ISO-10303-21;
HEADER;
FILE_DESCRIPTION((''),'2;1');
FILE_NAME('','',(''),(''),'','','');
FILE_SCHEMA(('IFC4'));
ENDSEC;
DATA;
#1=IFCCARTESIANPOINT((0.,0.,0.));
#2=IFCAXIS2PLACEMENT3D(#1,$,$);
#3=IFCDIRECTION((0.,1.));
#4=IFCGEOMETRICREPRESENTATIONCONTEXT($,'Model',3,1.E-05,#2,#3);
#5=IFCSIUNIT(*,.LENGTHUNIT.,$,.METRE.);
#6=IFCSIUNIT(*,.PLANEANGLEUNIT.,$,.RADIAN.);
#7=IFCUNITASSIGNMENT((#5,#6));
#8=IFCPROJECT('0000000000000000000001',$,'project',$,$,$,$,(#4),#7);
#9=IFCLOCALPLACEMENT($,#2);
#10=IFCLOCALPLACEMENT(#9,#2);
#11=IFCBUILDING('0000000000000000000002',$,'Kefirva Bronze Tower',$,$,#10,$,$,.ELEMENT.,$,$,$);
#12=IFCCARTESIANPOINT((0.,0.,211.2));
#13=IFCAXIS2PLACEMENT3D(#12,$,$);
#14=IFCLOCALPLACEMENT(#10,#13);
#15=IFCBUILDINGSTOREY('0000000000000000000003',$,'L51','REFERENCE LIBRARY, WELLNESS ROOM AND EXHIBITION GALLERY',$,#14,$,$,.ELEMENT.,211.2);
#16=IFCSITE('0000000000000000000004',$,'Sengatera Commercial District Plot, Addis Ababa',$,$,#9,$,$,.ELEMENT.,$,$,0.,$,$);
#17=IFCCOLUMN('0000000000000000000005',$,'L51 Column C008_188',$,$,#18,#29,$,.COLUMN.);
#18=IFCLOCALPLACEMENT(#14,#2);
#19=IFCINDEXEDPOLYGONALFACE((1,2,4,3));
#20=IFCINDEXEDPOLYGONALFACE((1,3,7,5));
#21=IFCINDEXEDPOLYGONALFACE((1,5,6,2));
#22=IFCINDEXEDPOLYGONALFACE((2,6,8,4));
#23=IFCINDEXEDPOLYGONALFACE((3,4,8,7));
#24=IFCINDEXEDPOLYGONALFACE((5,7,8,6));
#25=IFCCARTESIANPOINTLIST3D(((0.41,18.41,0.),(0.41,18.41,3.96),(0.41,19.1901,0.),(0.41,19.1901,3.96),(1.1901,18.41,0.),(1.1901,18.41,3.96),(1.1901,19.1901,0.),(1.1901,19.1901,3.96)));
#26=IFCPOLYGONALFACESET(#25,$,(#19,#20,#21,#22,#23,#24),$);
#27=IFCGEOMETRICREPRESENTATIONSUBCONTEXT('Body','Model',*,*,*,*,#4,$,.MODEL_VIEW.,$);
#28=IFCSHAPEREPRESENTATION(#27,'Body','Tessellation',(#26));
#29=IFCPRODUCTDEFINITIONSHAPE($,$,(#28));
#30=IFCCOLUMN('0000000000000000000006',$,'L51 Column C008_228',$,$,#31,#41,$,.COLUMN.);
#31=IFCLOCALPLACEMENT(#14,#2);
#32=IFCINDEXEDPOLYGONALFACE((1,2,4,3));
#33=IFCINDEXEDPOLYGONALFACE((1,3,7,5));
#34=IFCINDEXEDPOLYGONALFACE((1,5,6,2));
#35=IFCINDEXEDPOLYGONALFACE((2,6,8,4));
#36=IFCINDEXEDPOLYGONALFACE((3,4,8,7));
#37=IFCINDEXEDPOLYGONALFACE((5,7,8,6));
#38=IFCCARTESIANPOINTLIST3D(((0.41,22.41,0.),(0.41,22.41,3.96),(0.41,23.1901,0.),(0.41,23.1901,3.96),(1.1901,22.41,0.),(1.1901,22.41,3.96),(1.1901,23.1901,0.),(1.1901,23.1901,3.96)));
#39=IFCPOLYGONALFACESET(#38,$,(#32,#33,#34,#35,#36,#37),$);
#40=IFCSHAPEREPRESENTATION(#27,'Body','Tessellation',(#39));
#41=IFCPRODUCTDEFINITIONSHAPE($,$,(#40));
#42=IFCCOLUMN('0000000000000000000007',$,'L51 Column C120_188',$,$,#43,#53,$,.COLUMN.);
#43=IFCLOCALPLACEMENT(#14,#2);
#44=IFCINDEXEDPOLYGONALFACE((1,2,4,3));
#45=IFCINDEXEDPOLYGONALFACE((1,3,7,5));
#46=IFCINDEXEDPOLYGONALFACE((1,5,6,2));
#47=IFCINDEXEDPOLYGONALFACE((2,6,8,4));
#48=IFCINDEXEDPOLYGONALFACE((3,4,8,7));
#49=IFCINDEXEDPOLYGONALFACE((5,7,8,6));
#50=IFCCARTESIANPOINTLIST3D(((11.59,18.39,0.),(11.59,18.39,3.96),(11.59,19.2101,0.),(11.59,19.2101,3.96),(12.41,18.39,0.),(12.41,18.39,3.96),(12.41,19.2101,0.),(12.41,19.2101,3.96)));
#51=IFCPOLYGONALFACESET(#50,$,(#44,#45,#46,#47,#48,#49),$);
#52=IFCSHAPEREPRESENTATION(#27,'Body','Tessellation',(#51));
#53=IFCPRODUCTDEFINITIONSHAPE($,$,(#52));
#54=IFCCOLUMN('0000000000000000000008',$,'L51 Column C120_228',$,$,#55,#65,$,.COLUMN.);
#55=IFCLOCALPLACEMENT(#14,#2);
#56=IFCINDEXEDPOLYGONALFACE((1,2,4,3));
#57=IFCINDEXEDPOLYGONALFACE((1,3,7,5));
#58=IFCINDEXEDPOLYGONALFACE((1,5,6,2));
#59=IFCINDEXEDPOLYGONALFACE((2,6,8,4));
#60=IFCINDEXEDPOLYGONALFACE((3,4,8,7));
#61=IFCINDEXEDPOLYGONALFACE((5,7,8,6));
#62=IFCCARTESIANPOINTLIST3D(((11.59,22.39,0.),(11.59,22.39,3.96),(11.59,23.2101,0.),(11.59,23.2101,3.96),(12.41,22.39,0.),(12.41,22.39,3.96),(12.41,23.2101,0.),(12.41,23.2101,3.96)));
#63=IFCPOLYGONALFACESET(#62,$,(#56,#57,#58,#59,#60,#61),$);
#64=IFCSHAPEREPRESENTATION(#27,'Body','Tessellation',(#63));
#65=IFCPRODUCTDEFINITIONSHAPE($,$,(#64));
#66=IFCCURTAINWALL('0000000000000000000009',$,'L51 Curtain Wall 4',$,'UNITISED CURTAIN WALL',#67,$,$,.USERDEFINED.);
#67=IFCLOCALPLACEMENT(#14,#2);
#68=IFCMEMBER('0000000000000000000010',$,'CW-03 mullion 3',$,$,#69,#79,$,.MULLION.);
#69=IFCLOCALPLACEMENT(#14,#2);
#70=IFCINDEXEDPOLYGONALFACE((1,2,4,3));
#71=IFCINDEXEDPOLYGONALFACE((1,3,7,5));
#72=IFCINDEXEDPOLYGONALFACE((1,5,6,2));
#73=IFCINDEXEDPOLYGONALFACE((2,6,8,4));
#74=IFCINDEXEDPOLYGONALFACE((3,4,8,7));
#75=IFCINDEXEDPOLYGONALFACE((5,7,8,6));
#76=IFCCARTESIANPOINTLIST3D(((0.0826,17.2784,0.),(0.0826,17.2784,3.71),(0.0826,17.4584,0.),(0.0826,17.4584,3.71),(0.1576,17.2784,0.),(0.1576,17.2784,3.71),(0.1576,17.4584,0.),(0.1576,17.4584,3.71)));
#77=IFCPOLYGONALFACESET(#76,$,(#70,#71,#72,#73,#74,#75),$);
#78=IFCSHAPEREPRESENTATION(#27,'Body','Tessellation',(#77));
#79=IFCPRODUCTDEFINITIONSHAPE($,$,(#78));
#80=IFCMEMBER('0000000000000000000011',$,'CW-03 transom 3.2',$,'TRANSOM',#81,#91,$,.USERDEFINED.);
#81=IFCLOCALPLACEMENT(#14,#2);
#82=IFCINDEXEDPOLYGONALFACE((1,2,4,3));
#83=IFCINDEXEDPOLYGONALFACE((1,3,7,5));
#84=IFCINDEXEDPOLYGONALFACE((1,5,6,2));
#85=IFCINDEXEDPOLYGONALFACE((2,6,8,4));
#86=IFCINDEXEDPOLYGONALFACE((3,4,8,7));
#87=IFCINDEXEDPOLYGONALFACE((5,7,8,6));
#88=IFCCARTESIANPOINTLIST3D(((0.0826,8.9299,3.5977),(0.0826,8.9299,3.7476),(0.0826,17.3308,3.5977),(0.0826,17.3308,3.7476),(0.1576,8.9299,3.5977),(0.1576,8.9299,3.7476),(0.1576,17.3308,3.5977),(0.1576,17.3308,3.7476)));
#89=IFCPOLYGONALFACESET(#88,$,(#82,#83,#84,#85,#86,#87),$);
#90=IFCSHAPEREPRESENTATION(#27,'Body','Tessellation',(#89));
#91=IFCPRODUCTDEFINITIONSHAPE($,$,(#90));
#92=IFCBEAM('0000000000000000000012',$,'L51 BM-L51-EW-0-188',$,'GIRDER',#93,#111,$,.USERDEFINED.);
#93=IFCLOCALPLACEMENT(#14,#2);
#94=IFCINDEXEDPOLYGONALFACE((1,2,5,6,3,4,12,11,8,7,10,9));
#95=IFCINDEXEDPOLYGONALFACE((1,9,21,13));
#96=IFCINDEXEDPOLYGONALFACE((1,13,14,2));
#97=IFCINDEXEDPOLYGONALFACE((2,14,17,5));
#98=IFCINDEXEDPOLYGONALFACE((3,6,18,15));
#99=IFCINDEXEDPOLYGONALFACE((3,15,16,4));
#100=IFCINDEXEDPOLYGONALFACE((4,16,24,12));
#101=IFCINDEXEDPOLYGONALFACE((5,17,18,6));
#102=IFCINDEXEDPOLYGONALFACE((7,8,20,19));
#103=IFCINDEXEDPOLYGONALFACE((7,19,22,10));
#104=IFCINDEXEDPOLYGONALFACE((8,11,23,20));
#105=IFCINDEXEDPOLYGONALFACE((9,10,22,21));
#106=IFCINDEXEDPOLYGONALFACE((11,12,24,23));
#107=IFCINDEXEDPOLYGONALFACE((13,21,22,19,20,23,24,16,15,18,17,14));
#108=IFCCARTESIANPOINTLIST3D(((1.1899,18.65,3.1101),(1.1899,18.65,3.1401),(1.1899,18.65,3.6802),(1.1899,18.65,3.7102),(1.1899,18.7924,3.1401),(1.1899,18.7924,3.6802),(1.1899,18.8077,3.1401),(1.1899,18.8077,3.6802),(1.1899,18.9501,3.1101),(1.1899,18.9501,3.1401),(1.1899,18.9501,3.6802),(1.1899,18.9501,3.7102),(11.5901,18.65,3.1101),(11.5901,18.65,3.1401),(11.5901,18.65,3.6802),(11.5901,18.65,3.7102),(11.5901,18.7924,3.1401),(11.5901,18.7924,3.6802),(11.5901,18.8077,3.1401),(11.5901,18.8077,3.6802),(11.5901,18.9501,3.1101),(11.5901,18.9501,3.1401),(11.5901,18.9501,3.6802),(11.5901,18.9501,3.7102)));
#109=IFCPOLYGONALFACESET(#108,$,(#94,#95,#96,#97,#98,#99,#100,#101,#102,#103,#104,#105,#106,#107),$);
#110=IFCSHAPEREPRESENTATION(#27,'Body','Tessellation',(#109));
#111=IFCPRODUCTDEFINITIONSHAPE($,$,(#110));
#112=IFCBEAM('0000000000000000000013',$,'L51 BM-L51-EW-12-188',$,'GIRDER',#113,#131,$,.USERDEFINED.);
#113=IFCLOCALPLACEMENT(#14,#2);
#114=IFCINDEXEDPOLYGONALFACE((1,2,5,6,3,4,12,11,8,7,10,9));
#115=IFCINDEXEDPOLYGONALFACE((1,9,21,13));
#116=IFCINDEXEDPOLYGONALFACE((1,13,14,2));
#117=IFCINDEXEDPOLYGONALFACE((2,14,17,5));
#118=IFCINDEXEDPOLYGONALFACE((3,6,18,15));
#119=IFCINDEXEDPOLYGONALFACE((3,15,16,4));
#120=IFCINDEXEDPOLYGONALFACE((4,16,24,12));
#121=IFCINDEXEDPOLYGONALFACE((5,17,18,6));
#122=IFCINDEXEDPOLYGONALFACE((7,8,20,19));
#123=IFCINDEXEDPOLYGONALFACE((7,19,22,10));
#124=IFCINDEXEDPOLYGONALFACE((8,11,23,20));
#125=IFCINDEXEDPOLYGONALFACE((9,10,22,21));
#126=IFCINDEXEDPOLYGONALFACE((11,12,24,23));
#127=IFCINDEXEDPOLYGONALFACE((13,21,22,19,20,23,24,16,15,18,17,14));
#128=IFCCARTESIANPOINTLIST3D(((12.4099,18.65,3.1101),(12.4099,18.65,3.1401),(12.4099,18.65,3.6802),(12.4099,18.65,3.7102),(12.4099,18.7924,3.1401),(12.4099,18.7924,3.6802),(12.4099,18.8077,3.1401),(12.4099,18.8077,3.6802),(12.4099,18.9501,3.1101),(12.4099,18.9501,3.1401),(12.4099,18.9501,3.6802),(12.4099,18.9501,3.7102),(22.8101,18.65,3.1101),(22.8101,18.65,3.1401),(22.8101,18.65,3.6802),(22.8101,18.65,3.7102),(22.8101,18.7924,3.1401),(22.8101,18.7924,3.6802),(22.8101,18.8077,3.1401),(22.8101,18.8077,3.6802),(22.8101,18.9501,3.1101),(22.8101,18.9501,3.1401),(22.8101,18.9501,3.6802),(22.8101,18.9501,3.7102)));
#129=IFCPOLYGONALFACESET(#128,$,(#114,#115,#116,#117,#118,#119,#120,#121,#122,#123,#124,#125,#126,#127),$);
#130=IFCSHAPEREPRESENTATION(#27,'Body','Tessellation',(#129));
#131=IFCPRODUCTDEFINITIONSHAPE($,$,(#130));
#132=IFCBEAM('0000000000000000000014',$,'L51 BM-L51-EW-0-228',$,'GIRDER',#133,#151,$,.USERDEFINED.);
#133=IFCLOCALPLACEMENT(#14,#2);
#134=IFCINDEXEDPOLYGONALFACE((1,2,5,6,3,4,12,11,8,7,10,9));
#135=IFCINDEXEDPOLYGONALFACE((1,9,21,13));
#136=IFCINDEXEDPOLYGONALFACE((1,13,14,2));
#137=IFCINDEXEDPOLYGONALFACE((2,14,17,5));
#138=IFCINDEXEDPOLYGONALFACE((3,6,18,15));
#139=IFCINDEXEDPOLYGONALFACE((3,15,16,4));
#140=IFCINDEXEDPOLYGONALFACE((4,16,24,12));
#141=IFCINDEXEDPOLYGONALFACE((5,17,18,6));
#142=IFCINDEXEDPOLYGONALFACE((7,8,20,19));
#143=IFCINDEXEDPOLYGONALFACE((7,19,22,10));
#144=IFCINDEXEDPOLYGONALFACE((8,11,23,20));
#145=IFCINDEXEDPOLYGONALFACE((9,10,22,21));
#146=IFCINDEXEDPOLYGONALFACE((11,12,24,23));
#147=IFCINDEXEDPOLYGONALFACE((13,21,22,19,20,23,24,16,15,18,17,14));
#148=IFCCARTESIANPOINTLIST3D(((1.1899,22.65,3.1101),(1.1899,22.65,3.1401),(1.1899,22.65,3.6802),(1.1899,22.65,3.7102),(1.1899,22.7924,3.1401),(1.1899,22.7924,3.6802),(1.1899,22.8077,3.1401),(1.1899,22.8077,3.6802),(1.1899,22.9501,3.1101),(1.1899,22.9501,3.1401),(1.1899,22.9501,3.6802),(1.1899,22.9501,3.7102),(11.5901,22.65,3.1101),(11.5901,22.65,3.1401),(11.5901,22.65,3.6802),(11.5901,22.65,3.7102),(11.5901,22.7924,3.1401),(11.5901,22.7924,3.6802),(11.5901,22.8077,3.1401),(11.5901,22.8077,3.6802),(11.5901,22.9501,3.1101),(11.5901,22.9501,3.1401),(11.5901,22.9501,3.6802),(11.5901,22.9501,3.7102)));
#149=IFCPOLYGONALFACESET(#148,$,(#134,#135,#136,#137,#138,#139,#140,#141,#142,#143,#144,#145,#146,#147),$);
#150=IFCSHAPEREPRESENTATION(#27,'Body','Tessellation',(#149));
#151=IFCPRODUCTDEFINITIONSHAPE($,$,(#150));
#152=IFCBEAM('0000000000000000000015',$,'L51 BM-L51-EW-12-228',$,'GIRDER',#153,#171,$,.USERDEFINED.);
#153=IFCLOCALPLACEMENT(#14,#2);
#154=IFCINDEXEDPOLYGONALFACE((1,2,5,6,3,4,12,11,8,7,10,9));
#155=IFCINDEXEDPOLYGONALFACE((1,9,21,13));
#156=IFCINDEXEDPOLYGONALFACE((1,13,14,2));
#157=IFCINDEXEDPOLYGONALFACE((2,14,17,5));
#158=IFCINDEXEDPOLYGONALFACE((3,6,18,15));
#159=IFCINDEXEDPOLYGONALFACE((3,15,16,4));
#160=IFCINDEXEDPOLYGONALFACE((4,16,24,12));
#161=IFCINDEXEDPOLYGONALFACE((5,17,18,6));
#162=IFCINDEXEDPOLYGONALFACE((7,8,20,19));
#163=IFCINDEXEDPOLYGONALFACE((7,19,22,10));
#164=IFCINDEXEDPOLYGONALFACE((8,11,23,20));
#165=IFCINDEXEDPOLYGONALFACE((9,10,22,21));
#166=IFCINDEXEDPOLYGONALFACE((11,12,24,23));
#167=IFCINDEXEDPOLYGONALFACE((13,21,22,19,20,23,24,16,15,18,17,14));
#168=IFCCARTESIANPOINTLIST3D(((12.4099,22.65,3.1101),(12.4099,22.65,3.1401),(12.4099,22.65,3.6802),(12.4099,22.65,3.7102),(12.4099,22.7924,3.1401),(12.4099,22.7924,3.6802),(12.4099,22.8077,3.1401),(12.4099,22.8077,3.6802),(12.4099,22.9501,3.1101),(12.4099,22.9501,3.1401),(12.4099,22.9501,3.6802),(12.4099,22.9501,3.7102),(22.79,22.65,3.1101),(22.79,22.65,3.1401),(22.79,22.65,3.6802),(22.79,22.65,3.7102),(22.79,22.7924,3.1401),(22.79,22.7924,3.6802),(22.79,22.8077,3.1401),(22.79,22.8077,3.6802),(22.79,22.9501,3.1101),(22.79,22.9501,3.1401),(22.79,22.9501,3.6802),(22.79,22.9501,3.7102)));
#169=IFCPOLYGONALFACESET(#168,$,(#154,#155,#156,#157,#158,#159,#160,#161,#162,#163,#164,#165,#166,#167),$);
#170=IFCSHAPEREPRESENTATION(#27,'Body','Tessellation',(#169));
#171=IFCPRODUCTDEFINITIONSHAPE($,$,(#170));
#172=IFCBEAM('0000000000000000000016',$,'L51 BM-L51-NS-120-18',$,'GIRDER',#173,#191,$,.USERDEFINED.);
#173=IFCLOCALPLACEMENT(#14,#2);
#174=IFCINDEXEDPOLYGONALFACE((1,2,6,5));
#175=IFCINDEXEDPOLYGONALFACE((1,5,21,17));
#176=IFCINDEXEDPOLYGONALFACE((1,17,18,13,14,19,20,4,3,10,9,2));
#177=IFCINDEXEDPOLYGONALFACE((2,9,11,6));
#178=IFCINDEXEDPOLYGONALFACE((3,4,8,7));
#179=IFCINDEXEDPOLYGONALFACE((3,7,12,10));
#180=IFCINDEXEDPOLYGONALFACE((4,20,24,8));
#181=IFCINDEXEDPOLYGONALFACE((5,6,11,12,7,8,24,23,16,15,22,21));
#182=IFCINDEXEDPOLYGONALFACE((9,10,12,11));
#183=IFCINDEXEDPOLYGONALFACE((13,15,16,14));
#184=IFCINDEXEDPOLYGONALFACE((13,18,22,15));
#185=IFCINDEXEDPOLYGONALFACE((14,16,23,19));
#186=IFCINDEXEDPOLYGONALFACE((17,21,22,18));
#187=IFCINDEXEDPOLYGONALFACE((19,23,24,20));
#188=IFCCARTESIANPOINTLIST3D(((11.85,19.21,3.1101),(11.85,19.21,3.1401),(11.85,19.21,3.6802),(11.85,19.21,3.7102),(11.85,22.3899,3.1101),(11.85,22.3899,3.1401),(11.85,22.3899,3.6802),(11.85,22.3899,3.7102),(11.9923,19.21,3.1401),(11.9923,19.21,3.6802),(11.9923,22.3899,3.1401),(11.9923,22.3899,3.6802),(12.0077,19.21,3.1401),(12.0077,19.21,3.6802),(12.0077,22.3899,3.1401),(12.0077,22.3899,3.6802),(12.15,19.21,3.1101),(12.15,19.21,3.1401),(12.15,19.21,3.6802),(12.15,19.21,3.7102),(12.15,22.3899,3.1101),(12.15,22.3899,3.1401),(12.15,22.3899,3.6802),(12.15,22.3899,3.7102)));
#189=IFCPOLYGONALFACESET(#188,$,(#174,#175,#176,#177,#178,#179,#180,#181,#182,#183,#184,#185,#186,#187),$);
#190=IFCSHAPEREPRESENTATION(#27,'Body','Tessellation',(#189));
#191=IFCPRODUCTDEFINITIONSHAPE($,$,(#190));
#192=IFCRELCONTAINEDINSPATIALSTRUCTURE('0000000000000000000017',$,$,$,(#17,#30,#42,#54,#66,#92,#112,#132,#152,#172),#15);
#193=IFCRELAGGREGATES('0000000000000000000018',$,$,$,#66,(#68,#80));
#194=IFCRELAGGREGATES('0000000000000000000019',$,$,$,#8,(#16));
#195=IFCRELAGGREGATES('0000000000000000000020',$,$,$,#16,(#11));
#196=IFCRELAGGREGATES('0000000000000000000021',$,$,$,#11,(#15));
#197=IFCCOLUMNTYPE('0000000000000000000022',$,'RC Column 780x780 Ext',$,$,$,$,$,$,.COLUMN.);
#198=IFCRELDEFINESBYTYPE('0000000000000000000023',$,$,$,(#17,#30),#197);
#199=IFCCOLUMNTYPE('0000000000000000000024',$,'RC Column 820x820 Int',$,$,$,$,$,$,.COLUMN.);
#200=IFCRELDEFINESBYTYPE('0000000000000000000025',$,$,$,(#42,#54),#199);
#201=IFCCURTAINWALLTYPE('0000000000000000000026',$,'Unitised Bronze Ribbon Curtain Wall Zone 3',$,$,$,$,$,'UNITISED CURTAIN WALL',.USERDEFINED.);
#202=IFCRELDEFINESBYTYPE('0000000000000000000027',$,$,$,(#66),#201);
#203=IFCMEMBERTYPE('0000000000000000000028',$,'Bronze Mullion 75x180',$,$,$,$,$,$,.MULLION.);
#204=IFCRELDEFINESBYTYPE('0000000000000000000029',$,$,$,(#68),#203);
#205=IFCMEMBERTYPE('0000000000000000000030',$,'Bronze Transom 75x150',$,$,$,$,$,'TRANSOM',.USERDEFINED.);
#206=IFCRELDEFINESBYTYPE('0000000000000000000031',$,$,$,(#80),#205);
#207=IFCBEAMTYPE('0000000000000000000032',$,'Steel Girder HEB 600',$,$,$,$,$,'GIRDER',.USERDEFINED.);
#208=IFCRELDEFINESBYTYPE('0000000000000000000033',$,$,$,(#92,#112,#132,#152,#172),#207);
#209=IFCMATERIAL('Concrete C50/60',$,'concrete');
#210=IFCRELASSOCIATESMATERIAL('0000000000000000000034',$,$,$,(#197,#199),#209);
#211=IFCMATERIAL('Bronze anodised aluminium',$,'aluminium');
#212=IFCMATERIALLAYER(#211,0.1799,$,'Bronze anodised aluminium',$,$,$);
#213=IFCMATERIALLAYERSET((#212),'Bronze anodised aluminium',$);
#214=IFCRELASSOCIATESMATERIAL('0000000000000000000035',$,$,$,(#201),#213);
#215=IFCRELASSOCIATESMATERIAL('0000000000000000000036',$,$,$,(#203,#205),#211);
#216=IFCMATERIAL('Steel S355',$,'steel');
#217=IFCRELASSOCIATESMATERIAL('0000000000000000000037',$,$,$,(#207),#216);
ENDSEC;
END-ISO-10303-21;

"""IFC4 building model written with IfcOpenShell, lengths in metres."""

from ifc_helpers import new_model, si_unit, direction, frame, origin, origin_2d, place, context, subcontext, project, spatial, rectangle, i_section, extrude, material, layer, layer_set, material_profile, profile_set, type_object, element, aggregate, save


model = new_model("IFC4")

# Units and contexts
model_context = context("Model", 3, precision=1e-05, world=origin(), true_north=direction((0.0, 1.0)))
body_context = subcontext(model_context, "Body", "Model", "MODEL_VIEW")
ifc_project = project(units=[si_unit("LENGTHUNIT", "METRE"), si_unit("PLANEANGLEUNIT", "RADIAN")], contexts=[model_context])

# Site, building, storey
site_placement = place(None, origin())
site = spatial("IfcSite", under=ifc_project, at=site_placement, Name="Sengatera Commercial District Plot, Addis Ababa", CompositionType="ELEMENT", RefElevation=0.0)
building_placement = place(site_placement, origin())
building = spatial("IfcBuilding", under=site, at=building_placement, Name="Kefirva Bronze Tower", CompositionType="ELEMENT")
storey_placement = place(building_placement, frame((0.0, 0.0, 211.2)))
storey = spatial("IfcBuildingStorey", under=building, at=storey_placement, Name="L51", Description="REFERENCE LIBRARY, WELLNESS ROOM AND EXHIBITION GALLERY", CompositionType="ELEMENT", Elevation=211.2)

# Columns
ifc_material_1 = material(Name="Concrete C50/60", Category="concrete")
ifc_material_profile_1 = material_profile(ifc_material_1, rectangle(XDim=0.78, YDim=0.78, at=origin_2d()), Name="RC 780x780")
ifc_profile_set_1 = profile_set([ifc_material_profile_1], Name="Concrete C50/60")
column_type_1 = type_object("IfcColumnType", Name="RC Column 780x780 Ext", PredefinedType="COLUMN", material=ifc_profile_set_1)
for number, where, z_axis, x_axis, name in (
    (1, (0.8, 18.8, 0.0), (0.0, 0.0, 1.0), (1.0, 0.0, 0.0), "L51 Column C008_188"),
    (2, (0.8, 22.8, 0.0), (0.0, 0.0, 1.0), (1.0, 0.0, 0.0), "L51 Column C008_228"),
):
    element("IfcColumn", number, at=place(storey_placement, frame(where, z_axis=z_axis, x_axis=x_axis)), inside=storey, type_object=column_type_1, Name=name, PredefinedType="COLUMN", context=body_context, shape_type="SweptSolid", body=[
        extrude(rectangle(XDim=0.78, YDim=0.78, at=origin_2d()), origin(), (0.0, 0.0, 1.0), 3.96),
    ])
ifc_material_profile_2 = material_profile(ifc_material_1, rectangle(XDim=0.8201, YDim=0.8201, at=origin_2d()), Name="RC 820x820")
ifc_profile_set_2 = profile_set([ifc_material_profile_2], Name="Concrete C50/60")
column_type_2 = type_object("IfcColumnType", Name="RC Column 820x820 Int", PredefinedType="COLUMN", material=ifc_profile_set_2)
for number, where, z_axis, x_axis, name in (
    (3, (12.0, 18.8, 0.0), (0.0, 0.0, 1.0), (1.0, 0.0, 0.0), "L51 Column C120_188"),
    (4, (12.0, 22.8, 0.0), (0.0, 0.0, 1.0), (1.0, 0.0, 0.0), "L51 Column C120_228"),
):
    element("IfcColumn", number, at=place(storey_placement, frame(where, z_axis=z_axis, x_axis=x_axis)), inside=storey, type_object=column_type_2, Name=name, PredefinedType="COLUMN", context=body_context, shape_type="SweptSolid", body=[
        extrude(rectangle(XDim=0.8201, YDim=0.8201, at=origin_2d()), origin(), (0.0, 0.0, 1.0), 3.96),
    ])

# Curtain wall, members
ifc_material_2 = material(Name="Bronze anodised aluminium", Category="aluminium")
ifc_layer_1 = layer(ifc_material_2, 0.1799, Name="Bronze anodised aluminium")
ifc_layer_set_1 = layer_set([ifc_layer_1], Name="Bronze anodised aluminium")
curtain_wall_type = type_object("IfcCurtainWallType", Name="Unitised Bronze Ribbon Curtain Wall Zone 3", ElementType="UNITISED CURTAIN WALL", PredefinedType="USERDEFINED", material=ifc_layer_set_1)
curtain_wall_placement = place(storey_placement, origin())
curtain_wall = element("IfcCurtainWall", 5, at=curtain_wall_placement, inside=storey, type_object=curtain_wall_type, Name="L51 Curtain Wall 4", ObjectType="UNITISED CURTAIN WALL", PredefinedType="USERDEFINED")
ifc_material_profile_3 = material_profile(ifc_material_2, rectangle(XDim=0.075, YDim=0.1799, at=origin_2d()), Name="ALU 75x180")
ifc_profile_set_3 = profile_set([ifc_material_profile_3], Name="Bronze anodised aluminium")
member_type_1 = type_object("IfcMemberType", Name="Bronze Mullion 75x180", PredefinedType="MULLION", material=ifc_profile_set_3)
member_1_placement = place(storey_placement, frame((0.1201, 17.3684, 0.0), z_axis=(0.0, 0.0, 1.0), x_axis=(1.0, 0.0, 0.0)))
member_1 = element("IfcMember", 6, at=member_1_placement, type_object=member_type_1, Name="CW-03 mullion 3", PredefinedType="MULLION", context=body_context, shape_type="SweptSolid", body=[
    extrude(rectangle(XDim=0.075, YDim=0.1799, at=origin_2d()), origin(), (0.0, 0.0, 1.0), 3.71),
])
ifc_material_profile_4 = material_profile(ifc_material_2, rectangle(XDim=0.075, YDim=0.1499, at=origin_2d()), Name="ALU 75x150")
ifc_profile_set_4 = profile_set([ifc_material_profile_4], Name="Bronze anodised aluminium")
member_type_2 = type_object("IfcMemberType", Name="Bronze Transom 75x150", ElementType="TRANSOM", PredefinedType="USERDEFINED", material=ifc_profile_set_4)
member_2_placement = place(storey_placement, frame((0.1201, 17.3308, 3.6726), z_axis=(0.0, -1.0, 0.0), x_axis=(1.0, 0.0, 0.0)))
member_2 = element("IfcMember", 7, at=member_2_placement, type_object=member_type_2, Name="CW-03 transom 3.2", ObjectType="TRANSOM", PredefinedType="USERDEFINED", context=body_context, shape_type="SweptSolid", body=[
    extrude(rectangle(XDim=0.075, YDim=0.1499, at=origin_2d()), origin(), (0.0, 0.0, 1.0), 8.4009),
])

# Beams
ifc_material_3 = material(Name="Steel S355", Category="steel")
ifc_material_profile_5 = material_profile(ifc_material_3, i_section(OverallWidth=0.3, OverallDepth=0.6001, WebThickness=0.0154, FlangeThickness=0.03, at=origin_2d()), Name="HEB 600")
ifc_profile_set_5 = profile_set([ifc_material_profile_5], Name="Steel S355")
beam_type_1 = type_object("IfcBeamType", Name="Steel Girder HEB 600", ElementType="GIRDER", PredefinedType="USERDEFINED", material=ifc_profile_set_5)
for number, where, z_axis, x_axis, name in (
    (8, (1.1899, 18.8, 3.4102), (1.0, 0.0, 0.0), (0.0, 1.0, 0.0), "L51 BM-L51-EW-0-188"),
    (9, (12.4099, 18.8, 3.4102), (1.0, 0.0, 0.0), (0.0, 1.0, 0.0), "L51 BM-L51-EW-12-188"),
    (10, (1.1899, 22.8, 3.4102), (1.0, 0.0, 0.0), (0.0, 1.0, 0.0), "L51 BM-L51-EW-0-228"),
):
    element("IfcBeam", number, at=place(storey_placement, frame(where, z_axis=z_axis, x_axis=x_axis)), inside=storey, type_object=beam_type_1, Name=name, ObjectType="GIRDER", PredefinedType="USERDEFINED", context=body_context, shape_type="SweptSolid", body=[
        extrude(i_section(OverallWidth=0.3, OverallDepth=0.6001, WebThickness=0.0154, FlangeThickness=0.03, at=origin_2d()), origin(), (0.0, 0.0, 1.0), 10.4001),
    ])
beam_1_placement = place(storey_placement, frame((12.4099, 22.8, 3.4102), z_axis=(1.0, 0.0, 0.0), x_axis=(0.0, 1.0, 0.0)))
element("IfcBeam", 11, at=beam_1_placement, inside=storey, type_object=beam_type_1, Name="L51 BM-L51-EW-12-228", ObjectType="GIRDER", PredefinedType="USERDEFINED", context=body_context, shape_type="SweptSolid", body=[
    extrude(i_section(OverallWidth=0.3, OverallDepth=0.6001, WebThickness=0.0154, FlangeThickness=0.03, at=origin_2d()), origin(), (0.0, 0.0, 1.0), 10.3801),
])
beam_2_placement = place(storey_placement, frame((12.0, 19.21, 3.4102), z_axis=(0.0, 1.0, 0.0), x_axis=(-1.0, 0.0, 0.0)))
element("IfcBeam", 12, at=beam_2_placement, inside=storey, type_object=beam_type_1, Name="L51 BM-L51-NS-120-18", ObjectType="GIRDER", PredefinedType="USERDEFINED", context=body_context, shape_type="SweptSolid", body=[
    extrude(i_section(OverallWidth=0.3, OverallDepth=0.6001, WebThickness=0.0154, FlangeThickness=0.03, at=origin_2d()), origin(), (0.0, 0.0, 1.0), 3.1799),
])

aggregate(curtain_wall, [member_1, member_2])

save(model, "model.ifc")
